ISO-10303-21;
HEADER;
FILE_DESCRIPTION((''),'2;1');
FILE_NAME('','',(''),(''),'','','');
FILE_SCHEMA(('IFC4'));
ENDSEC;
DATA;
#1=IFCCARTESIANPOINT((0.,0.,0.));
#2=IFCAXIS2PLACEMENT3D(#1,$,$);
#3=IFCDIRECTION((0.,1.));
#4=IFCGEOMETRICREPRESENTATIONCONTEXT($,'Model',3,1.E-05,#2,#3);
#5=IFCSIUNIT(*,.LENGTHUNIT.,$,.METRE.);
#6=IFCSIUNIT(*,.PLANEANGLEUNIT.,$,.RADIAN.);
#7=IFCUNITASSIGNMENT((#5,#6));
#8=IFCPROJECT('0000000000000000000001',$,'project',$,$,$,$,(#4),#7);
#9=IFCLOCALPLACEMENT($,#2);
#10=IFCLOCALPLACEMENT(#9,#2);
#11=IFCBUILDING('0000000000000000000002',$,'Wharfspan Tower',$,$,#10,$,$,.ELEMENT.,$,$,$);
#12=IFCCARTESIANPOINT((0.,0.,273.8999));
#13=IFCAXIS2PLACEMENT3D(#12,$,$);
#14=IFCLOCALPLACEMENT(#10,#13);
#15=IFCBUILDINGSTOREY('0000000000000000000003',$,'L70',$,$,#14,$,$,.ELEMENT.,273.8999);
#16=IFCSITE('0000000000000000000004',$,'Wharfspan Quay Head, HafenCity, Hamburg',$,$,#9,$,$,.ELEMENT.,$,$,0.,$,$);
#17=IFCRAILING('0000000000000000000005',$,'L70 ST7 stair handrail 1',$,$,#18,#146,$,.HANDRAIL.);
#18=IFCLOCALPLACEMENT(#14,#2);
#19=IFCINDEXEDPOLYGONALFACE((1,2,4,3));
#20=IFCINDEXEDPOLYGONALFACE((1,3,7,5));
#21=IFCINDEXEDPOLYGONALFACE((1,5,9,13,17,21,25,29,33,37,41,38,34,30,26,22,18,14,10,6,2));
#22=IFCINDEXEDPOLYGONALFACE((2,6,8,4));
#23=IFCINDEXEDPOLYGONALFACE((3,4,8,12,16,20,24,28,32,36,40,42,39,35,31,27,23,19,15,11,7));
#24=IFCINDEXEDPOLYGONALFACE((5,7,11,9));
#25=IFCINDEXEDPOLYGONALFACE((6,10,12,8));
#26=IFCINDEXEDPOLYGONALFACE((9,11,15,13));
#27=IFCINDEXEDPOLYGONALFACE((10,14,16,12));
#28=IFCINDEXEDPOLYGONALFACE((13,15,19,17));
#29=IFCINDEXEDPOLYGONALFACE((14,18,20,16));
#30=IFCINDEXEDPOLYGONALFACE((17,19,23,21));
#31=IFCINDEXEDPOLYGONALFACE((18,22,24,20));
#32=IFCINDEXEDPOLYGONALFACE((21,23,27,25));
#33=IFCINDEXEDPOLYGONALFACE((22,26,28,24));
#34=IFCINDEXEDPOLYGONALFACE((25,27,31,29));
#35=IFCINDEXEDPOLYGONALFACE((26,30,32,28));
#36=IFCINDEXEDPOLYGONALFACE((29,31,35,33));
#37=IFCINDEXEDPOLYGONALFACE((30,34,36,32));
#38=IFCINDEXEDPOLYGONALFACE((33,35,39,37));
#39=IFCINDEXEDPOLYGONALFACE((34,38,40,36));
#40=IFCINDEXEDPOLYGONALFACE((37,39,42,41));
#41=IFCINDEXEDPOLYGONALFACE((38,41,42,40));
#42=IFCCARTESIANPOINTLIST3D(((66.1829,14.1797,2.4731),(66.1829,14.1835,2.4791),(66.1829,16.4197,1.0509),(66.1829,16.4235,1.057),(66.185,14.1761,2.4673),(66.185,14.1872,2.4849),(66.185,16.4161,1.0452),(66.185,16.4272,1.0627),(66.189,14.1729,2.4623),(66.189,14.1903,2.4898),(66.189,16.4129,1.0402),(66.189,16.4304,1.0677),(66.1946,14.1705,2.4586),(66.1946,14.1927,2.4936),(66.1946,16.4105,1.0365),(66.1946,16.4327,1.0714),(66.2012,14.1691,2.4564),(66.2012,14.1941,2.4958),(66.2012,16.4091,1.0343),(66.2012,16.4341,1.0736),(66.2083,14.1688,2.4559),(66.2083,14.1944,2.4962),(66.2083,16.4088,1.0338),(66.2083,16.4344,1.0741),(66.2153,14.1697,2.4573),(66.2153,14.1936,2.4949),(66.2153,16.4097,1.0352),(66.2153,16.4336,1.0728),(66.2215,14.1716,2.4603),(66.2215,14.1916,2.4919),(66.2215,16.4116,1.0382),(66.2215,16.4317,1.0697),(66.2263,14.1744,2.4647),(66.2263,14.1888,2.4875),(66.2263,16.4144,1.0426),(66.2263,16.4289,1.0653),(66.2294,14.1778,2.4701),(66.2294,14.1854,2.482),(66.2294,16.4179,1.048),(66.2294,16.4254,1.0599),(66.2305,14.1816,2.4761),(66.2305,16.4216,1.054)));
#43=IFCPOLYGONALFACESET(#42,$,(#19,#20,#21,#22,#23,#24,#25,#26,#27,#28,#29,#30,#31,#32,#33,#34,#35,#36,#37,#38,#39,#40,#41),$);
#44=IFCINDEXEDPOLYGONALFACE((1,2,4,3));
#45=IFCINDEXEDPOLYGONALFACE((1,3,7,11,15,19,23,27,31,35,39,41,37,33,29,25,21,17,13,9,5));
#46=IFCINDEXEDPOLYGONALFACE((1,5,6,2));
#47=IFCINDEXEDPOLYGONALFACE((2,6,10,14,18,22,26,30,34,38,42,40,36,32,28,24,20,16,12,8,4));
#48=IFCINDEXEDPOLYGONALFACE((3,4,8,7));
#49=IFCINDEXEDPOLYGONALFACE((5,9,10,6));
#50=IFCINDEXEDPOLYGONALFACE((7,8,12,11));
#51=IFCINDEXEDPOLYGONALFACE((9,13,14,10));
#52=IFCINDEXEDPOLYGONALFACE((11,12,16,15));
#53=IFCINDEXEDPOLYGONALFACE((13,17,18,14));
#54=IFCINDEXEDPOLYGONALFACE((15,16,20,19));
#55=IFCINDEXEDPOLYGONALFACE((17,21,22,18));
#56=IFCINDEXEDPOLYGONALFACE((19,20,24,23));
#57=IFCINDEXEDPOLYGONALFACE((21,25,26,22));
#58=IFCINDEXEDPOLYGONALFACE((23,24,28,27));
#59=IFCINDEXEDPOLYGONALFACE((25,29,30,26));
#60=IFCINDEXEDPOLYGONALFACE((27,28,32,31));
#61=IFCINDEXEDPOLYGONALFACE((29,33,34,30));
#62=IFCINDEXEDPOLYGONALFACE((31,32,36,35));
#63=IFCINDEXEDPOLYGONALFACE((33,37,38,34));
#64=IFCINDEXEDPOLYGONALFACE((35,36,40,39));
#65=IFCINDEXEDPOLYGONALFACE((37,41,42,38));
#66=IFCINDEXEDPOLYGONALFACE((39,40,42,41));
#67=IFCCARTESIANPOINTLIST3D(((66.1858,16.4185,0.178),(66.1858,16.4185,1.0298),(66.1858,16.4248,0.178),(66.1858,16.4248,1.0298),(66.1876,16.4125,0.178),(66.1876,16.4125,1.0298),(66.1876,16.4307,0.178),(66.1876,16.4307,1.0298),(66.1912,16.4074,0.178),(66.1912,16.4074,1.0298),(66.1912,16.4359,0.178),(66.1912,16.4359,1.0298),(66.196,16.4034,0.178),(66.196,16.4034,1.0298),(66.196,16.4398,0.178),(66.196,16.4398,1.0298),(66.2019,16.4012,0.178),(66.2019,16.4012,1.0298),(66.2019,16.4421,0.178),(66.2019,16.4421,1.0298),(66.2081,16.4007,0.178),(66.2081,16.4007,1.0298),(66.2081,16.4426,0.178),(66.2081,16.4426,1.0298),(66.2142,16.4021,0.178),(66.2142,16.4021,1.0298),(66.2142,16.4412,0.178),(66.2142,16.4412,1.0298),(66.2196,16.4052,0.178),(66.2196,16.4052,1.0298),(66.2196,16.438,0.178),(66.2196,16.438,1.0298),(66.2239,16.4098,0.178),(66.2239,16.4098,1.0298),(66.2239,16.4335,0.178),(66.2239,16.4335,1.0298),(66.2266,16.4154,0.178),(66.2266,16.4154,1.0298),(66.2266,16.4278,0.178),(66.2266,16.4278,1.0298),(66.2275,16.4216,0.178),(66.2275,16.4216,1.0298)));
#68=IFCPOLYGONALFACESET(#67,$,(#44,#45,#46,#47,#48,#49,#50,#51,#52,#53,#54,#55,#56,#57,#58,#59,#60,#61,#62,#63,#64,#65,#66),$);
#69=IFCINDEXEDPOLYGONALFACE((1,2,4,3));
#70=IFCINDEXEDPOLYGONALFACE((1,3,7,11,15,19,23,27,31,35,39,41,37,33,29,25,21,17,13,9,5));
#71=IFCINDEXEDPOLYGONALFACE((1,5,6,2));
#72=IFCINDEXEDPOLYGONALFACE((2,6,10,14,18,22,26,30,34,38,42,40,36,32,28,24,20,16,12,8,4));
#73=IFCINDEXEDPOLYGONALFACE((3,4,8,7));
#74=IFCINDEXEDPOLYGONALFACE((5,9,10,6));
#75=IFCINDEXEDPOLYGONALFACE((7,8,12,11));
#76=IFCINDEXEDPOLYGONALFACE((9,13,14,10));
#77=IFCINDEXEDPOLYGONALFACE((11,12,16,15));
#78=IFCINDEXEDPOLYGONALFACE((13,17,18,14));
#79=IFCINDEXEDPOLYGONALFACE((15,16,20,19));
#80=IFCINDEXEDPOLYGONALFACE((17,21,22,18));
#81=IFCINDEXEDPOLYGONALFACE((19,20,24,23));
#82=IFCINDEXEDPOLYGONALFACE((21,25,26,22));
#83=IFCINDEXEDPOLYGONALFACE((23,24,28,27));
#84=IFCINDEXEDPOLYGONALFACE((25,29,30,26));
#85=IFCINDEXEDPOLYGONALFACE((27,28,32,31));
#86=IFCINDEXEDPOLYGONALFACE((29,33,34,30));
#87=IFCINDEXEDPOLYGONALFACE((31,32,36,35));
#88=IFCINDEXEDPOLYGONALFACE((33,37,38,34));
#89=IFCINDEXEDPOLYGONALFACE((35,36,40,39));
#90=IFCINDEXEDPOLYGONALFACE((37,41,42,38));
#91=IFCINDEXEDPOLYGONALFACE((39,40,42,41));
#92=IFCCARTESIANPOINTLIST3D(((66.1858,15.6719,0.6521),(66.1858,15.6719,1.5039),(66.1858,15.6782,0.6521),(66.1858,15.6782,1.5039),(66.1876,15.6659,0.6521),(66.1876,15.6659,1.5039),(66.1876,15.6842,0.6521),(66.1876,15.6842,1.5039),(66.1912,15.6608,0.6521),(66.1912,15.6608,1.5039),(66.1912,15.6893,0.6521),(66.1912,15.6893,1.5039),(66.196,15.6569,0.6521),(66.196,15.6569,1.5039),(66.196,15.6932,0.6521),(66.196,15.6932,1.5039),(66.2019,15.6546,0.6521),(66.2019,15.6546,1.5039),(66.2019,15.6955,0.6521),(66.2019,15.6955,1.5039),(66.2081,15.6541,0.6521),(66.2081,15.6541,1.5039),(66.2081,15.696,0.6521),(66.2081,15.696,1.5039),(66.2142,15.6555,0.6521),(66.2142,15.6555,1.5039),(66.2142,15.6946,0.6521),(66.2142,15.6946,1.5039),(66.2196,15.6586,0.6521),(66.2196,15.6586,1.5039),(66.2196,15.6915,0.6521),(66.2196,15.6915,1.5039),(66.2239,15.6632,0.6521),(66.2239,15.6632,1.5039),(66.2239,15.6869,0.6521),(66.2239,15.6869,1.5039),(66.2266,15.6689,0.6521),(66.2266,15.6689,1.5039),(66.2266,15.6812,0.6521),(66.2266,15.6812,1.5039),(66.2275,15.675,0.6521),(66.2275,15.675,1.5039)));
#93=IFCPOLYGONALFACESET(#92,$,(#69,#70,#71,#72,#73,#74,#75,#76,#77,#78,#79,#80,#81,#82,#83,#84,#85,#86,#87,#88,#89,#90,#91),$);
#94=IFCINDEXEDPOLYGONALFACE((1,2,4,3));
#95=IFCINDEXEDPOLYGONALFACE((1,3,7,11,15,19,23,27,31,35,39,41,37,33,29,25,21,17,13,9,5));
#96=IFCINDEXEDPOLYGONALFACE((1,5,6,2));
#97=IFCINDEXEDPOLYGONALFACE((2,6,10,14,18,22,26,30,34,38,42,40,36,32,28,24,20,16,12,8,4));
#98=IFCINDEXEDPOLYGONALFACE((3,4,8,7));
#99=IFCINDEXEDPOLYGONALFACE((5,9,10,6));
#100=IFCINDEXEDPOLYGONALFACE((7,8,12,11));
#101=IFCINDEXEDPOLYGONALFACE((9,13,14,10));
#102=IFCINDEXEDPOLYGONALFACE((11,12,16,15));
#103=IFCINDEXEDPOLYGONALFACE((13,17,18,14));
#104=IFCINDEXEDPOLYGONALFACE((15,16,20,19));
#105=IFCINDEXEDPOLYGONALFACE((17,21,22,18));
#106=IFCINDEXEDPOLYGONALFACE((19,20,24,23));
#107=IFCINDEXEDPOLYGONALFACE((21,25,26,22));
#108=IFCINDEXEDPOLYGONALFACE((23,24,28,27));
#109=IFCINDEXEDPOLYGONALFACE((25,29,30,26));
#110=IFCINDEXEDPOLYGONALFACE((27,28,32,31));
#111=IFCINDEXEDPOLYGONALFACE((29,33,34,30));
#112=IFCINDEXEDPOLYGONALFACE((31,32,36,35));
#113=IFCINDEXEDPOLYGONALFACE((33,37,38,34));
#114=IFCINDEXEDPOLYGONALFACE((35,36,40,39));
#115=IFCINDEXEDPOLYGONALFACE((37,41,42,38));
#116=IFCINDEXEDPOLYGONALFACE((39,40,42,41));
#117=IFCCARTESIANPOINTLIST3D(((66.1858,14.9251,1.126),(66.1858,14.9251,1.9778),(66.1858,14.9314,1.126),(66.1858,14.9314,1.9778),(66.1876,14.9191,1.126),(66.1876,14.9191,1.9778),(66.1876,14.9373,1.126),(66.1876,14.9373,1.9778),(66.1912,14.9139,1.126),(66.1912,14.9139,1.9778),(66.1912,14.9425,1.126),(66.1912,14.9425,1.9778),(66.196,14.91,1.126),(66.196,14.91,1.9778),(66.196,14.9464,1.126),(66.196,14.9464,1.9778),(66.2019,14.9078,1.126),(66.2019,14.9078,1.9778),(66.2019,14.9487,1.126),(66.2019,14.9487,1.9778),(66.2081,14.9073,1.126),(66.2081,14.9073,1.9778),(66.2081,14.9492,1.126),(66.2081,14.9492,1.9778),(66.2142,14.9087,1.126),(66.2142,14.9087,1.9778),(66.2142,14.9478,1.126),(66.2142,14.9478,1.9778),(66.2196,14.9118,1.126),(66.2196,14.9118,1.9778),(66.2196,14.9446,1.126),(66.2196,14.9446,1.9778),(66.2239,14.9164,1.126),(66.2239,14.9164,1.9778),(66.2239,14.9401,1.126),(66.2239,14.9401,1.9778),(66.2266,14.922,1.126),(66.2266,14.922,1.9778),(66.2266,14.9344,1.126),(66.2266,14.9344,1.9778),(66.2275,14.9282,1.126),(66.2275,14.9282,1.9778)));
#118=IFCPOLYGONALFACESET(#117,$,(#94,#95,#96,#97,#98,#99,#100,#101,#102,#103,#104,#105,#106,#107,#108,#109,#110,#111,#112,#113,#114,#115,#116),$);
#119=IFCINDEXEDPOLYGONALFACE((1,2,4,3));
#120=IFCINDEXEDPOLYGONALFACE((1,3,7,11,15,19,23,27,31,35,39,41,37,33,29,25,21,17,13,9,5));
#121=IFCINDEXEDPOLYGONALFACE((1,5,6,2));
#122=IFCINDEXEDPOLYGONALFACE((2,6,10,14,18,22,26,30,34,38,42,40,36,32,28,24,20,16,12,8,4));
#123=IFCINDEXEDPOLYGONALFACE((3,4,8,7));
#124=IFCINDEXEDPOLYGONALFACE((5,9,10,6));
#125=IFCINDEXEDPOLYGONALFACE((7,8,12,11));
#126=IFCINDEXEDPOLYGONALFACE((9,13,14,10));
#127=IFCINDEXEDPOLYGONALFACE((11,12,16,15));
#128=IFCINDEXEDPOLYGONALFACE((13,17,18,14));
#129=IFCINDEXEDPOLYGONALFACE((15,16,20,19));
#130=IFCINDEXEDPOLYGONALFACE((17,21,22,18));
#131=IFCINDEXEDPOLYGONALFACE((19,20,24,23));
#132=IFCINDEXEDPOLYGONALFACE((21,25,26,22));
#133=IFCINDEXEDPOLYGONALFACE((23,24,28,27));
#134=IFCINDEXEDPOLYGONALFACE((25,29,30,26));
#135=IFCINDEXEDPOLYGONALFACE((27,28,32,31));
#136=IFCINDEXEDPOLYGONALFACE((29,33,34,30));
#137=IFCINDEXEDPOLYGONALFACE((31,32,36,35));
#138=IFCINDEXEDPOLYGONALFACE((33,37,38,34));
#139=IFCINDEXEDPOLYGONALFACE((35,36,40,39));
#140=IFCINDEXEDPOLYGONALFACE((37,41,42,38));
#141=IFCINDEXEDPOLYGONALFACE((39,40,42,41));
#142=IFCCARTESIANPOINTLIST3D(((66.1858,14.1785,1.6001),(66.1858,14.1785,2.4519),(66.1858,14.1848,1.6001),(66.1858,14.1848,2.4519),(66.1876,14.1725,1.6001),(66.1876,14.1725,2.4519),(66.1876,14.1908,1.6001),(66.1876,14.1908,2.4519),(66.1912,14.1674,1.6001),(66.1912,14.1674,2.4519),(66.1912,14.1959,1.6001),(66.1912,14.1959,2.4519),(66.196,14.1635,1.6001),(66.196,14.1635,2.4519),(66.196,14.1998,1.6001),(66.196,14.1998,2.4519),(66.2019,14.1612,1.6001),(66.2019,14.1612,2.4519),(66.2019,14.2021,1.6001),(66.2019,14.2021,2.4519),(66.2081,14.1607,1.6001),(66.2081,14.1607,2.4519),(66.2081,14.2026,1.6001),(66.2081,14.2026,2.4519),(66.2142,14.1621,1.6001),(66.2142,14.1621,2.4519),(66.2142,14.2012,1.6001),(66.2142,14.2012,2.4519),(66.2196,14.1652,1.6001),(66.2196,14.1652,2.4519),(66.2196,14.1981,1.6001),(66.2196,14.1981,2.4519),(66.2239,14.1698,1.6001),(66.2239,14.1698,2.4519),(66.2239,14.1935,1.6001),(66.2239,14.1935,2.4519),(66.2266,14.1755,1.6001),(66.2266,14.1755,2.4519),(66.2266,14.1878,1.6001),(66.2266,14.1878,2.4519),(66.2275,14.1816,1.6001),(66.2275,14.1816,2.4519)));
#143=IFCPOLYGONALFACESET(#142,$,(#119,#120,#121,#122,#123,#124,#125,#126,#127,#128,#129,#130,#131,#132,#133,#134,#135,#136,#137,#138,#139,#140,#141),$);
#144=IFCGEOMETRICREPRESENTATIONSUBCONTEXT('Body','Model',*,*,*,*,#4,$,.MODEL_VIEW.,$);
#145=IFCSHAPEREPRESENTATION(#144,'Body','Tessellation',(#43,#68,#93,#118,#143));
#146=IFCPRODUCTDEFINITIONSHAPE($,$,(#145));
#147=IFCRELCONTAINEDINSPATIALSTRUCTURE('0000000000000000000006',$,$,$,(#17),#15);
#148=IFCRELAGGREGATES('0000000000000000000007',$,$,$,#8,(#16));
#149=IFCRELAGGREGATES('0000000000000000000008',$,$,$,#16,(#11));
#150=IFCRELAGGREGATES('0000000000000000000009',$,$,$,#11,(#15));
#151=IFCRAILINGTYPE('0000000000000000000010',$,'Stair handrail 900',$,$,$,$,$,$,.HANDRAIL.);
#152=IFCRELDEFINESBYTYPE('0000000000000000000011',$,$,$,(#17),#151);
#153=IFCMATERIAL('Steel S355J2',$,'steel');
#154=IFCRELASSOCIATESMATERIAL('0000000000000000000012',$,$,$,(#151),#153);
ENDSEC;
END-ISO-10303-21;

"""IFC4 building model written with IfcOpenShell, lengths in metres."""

from ifc_helpers import new_model, si_unit, direction, frame, origin, origin_2d, place, context, subcontext, project, spatial, circle, extrude, material, type_object, element, save


model = new_model("IFC4")

# Units and contexts
model_context = context("Model", 3, precision=1e-05, world=origin(), true_north=direction((0.0, 1.0)))
body_context = subcontext(model_context, "Body", "Model", "MODEL_VIEW")
ifc_project = project(units=[si_unit("LENGTHUNIT", "METRE"), si_unit("PLANEANGLEUNIT", "RADIAN")], contexts=[model_context])

# Site, building, storey
site_placement = place(None, origin())
site = spatial("IfcSite", under=ifc_project, at=site_placement, Name="Wharfspan Quay Head, HafenCity, Hamburg", CompositionType="ELEMENT", RefElevation=0.0)
building_placement = place(site_placement, origin())
building = spatial("IfcBuilding", under=site, at=building_placement, Name="Wharfspan Tower", CompositionType="ELEMENT")
storey_placement = place(building_placement, frame((0.0, 0.0, 273.8999)))
storey = spatial("IfcBuildingStorey", under=building, at=storey_placement, Name="L70", CompositionType="ELEMENT", Elevation=273.8999)

# Shared definitions
ifc_material_1 = material(Name="Steel S355J2", Category="steel")

# Railing
railing_type_1 = type_object("IfcRailingType", Name="Stair handrail 900", PredefinedType="HANDRAIL", material=ifc_material_1)
railing_1_placement = place(storey_placement, frame((66.2065, 16.4216, 0.178)))
element("IfcRailing", 1, at=railing_1_placement, inside=storey, type_object=railing_type_1, Name="L70 ST7 stair handrail 1", PredefinedType="HANDRAIL", context=body_context, shape_type="SweptSolid", body=[
    extrude(circle(Radius=0.0239, at=origin_2d()), frame((0.0, 0.0, 0.876), z_axis=(0.0, -0.844229, 0.535982), x_axis=(1.0, 0.0, 0.0)), (0.0, 0.0, 1.0), 2.6533),
    extrude(circle(Radius=0.021, at=origin_2d()), origin(), (0.0, 0.0, 1.0), 0.8518),
    extrude(circle(Radius=0.021, at=origin_2d()), frame((0.0, -0.7466, 0.4741)), (0.0, 0.0, 1.0), 0.8518),
    extrude(circle(Radius=0.021, at=origin_2d()), frame((0.0, -1.4934, 0.948)), (0.0, 0.0, 1.0), 0.8518),
    extrude(circle(Radius=0.021, at=origin_2d()), frame((0.0, -2.24, 1.4221)), (0.0, 0.0, 1.0), 0.8518),
])

save(model, "model.ifc")
